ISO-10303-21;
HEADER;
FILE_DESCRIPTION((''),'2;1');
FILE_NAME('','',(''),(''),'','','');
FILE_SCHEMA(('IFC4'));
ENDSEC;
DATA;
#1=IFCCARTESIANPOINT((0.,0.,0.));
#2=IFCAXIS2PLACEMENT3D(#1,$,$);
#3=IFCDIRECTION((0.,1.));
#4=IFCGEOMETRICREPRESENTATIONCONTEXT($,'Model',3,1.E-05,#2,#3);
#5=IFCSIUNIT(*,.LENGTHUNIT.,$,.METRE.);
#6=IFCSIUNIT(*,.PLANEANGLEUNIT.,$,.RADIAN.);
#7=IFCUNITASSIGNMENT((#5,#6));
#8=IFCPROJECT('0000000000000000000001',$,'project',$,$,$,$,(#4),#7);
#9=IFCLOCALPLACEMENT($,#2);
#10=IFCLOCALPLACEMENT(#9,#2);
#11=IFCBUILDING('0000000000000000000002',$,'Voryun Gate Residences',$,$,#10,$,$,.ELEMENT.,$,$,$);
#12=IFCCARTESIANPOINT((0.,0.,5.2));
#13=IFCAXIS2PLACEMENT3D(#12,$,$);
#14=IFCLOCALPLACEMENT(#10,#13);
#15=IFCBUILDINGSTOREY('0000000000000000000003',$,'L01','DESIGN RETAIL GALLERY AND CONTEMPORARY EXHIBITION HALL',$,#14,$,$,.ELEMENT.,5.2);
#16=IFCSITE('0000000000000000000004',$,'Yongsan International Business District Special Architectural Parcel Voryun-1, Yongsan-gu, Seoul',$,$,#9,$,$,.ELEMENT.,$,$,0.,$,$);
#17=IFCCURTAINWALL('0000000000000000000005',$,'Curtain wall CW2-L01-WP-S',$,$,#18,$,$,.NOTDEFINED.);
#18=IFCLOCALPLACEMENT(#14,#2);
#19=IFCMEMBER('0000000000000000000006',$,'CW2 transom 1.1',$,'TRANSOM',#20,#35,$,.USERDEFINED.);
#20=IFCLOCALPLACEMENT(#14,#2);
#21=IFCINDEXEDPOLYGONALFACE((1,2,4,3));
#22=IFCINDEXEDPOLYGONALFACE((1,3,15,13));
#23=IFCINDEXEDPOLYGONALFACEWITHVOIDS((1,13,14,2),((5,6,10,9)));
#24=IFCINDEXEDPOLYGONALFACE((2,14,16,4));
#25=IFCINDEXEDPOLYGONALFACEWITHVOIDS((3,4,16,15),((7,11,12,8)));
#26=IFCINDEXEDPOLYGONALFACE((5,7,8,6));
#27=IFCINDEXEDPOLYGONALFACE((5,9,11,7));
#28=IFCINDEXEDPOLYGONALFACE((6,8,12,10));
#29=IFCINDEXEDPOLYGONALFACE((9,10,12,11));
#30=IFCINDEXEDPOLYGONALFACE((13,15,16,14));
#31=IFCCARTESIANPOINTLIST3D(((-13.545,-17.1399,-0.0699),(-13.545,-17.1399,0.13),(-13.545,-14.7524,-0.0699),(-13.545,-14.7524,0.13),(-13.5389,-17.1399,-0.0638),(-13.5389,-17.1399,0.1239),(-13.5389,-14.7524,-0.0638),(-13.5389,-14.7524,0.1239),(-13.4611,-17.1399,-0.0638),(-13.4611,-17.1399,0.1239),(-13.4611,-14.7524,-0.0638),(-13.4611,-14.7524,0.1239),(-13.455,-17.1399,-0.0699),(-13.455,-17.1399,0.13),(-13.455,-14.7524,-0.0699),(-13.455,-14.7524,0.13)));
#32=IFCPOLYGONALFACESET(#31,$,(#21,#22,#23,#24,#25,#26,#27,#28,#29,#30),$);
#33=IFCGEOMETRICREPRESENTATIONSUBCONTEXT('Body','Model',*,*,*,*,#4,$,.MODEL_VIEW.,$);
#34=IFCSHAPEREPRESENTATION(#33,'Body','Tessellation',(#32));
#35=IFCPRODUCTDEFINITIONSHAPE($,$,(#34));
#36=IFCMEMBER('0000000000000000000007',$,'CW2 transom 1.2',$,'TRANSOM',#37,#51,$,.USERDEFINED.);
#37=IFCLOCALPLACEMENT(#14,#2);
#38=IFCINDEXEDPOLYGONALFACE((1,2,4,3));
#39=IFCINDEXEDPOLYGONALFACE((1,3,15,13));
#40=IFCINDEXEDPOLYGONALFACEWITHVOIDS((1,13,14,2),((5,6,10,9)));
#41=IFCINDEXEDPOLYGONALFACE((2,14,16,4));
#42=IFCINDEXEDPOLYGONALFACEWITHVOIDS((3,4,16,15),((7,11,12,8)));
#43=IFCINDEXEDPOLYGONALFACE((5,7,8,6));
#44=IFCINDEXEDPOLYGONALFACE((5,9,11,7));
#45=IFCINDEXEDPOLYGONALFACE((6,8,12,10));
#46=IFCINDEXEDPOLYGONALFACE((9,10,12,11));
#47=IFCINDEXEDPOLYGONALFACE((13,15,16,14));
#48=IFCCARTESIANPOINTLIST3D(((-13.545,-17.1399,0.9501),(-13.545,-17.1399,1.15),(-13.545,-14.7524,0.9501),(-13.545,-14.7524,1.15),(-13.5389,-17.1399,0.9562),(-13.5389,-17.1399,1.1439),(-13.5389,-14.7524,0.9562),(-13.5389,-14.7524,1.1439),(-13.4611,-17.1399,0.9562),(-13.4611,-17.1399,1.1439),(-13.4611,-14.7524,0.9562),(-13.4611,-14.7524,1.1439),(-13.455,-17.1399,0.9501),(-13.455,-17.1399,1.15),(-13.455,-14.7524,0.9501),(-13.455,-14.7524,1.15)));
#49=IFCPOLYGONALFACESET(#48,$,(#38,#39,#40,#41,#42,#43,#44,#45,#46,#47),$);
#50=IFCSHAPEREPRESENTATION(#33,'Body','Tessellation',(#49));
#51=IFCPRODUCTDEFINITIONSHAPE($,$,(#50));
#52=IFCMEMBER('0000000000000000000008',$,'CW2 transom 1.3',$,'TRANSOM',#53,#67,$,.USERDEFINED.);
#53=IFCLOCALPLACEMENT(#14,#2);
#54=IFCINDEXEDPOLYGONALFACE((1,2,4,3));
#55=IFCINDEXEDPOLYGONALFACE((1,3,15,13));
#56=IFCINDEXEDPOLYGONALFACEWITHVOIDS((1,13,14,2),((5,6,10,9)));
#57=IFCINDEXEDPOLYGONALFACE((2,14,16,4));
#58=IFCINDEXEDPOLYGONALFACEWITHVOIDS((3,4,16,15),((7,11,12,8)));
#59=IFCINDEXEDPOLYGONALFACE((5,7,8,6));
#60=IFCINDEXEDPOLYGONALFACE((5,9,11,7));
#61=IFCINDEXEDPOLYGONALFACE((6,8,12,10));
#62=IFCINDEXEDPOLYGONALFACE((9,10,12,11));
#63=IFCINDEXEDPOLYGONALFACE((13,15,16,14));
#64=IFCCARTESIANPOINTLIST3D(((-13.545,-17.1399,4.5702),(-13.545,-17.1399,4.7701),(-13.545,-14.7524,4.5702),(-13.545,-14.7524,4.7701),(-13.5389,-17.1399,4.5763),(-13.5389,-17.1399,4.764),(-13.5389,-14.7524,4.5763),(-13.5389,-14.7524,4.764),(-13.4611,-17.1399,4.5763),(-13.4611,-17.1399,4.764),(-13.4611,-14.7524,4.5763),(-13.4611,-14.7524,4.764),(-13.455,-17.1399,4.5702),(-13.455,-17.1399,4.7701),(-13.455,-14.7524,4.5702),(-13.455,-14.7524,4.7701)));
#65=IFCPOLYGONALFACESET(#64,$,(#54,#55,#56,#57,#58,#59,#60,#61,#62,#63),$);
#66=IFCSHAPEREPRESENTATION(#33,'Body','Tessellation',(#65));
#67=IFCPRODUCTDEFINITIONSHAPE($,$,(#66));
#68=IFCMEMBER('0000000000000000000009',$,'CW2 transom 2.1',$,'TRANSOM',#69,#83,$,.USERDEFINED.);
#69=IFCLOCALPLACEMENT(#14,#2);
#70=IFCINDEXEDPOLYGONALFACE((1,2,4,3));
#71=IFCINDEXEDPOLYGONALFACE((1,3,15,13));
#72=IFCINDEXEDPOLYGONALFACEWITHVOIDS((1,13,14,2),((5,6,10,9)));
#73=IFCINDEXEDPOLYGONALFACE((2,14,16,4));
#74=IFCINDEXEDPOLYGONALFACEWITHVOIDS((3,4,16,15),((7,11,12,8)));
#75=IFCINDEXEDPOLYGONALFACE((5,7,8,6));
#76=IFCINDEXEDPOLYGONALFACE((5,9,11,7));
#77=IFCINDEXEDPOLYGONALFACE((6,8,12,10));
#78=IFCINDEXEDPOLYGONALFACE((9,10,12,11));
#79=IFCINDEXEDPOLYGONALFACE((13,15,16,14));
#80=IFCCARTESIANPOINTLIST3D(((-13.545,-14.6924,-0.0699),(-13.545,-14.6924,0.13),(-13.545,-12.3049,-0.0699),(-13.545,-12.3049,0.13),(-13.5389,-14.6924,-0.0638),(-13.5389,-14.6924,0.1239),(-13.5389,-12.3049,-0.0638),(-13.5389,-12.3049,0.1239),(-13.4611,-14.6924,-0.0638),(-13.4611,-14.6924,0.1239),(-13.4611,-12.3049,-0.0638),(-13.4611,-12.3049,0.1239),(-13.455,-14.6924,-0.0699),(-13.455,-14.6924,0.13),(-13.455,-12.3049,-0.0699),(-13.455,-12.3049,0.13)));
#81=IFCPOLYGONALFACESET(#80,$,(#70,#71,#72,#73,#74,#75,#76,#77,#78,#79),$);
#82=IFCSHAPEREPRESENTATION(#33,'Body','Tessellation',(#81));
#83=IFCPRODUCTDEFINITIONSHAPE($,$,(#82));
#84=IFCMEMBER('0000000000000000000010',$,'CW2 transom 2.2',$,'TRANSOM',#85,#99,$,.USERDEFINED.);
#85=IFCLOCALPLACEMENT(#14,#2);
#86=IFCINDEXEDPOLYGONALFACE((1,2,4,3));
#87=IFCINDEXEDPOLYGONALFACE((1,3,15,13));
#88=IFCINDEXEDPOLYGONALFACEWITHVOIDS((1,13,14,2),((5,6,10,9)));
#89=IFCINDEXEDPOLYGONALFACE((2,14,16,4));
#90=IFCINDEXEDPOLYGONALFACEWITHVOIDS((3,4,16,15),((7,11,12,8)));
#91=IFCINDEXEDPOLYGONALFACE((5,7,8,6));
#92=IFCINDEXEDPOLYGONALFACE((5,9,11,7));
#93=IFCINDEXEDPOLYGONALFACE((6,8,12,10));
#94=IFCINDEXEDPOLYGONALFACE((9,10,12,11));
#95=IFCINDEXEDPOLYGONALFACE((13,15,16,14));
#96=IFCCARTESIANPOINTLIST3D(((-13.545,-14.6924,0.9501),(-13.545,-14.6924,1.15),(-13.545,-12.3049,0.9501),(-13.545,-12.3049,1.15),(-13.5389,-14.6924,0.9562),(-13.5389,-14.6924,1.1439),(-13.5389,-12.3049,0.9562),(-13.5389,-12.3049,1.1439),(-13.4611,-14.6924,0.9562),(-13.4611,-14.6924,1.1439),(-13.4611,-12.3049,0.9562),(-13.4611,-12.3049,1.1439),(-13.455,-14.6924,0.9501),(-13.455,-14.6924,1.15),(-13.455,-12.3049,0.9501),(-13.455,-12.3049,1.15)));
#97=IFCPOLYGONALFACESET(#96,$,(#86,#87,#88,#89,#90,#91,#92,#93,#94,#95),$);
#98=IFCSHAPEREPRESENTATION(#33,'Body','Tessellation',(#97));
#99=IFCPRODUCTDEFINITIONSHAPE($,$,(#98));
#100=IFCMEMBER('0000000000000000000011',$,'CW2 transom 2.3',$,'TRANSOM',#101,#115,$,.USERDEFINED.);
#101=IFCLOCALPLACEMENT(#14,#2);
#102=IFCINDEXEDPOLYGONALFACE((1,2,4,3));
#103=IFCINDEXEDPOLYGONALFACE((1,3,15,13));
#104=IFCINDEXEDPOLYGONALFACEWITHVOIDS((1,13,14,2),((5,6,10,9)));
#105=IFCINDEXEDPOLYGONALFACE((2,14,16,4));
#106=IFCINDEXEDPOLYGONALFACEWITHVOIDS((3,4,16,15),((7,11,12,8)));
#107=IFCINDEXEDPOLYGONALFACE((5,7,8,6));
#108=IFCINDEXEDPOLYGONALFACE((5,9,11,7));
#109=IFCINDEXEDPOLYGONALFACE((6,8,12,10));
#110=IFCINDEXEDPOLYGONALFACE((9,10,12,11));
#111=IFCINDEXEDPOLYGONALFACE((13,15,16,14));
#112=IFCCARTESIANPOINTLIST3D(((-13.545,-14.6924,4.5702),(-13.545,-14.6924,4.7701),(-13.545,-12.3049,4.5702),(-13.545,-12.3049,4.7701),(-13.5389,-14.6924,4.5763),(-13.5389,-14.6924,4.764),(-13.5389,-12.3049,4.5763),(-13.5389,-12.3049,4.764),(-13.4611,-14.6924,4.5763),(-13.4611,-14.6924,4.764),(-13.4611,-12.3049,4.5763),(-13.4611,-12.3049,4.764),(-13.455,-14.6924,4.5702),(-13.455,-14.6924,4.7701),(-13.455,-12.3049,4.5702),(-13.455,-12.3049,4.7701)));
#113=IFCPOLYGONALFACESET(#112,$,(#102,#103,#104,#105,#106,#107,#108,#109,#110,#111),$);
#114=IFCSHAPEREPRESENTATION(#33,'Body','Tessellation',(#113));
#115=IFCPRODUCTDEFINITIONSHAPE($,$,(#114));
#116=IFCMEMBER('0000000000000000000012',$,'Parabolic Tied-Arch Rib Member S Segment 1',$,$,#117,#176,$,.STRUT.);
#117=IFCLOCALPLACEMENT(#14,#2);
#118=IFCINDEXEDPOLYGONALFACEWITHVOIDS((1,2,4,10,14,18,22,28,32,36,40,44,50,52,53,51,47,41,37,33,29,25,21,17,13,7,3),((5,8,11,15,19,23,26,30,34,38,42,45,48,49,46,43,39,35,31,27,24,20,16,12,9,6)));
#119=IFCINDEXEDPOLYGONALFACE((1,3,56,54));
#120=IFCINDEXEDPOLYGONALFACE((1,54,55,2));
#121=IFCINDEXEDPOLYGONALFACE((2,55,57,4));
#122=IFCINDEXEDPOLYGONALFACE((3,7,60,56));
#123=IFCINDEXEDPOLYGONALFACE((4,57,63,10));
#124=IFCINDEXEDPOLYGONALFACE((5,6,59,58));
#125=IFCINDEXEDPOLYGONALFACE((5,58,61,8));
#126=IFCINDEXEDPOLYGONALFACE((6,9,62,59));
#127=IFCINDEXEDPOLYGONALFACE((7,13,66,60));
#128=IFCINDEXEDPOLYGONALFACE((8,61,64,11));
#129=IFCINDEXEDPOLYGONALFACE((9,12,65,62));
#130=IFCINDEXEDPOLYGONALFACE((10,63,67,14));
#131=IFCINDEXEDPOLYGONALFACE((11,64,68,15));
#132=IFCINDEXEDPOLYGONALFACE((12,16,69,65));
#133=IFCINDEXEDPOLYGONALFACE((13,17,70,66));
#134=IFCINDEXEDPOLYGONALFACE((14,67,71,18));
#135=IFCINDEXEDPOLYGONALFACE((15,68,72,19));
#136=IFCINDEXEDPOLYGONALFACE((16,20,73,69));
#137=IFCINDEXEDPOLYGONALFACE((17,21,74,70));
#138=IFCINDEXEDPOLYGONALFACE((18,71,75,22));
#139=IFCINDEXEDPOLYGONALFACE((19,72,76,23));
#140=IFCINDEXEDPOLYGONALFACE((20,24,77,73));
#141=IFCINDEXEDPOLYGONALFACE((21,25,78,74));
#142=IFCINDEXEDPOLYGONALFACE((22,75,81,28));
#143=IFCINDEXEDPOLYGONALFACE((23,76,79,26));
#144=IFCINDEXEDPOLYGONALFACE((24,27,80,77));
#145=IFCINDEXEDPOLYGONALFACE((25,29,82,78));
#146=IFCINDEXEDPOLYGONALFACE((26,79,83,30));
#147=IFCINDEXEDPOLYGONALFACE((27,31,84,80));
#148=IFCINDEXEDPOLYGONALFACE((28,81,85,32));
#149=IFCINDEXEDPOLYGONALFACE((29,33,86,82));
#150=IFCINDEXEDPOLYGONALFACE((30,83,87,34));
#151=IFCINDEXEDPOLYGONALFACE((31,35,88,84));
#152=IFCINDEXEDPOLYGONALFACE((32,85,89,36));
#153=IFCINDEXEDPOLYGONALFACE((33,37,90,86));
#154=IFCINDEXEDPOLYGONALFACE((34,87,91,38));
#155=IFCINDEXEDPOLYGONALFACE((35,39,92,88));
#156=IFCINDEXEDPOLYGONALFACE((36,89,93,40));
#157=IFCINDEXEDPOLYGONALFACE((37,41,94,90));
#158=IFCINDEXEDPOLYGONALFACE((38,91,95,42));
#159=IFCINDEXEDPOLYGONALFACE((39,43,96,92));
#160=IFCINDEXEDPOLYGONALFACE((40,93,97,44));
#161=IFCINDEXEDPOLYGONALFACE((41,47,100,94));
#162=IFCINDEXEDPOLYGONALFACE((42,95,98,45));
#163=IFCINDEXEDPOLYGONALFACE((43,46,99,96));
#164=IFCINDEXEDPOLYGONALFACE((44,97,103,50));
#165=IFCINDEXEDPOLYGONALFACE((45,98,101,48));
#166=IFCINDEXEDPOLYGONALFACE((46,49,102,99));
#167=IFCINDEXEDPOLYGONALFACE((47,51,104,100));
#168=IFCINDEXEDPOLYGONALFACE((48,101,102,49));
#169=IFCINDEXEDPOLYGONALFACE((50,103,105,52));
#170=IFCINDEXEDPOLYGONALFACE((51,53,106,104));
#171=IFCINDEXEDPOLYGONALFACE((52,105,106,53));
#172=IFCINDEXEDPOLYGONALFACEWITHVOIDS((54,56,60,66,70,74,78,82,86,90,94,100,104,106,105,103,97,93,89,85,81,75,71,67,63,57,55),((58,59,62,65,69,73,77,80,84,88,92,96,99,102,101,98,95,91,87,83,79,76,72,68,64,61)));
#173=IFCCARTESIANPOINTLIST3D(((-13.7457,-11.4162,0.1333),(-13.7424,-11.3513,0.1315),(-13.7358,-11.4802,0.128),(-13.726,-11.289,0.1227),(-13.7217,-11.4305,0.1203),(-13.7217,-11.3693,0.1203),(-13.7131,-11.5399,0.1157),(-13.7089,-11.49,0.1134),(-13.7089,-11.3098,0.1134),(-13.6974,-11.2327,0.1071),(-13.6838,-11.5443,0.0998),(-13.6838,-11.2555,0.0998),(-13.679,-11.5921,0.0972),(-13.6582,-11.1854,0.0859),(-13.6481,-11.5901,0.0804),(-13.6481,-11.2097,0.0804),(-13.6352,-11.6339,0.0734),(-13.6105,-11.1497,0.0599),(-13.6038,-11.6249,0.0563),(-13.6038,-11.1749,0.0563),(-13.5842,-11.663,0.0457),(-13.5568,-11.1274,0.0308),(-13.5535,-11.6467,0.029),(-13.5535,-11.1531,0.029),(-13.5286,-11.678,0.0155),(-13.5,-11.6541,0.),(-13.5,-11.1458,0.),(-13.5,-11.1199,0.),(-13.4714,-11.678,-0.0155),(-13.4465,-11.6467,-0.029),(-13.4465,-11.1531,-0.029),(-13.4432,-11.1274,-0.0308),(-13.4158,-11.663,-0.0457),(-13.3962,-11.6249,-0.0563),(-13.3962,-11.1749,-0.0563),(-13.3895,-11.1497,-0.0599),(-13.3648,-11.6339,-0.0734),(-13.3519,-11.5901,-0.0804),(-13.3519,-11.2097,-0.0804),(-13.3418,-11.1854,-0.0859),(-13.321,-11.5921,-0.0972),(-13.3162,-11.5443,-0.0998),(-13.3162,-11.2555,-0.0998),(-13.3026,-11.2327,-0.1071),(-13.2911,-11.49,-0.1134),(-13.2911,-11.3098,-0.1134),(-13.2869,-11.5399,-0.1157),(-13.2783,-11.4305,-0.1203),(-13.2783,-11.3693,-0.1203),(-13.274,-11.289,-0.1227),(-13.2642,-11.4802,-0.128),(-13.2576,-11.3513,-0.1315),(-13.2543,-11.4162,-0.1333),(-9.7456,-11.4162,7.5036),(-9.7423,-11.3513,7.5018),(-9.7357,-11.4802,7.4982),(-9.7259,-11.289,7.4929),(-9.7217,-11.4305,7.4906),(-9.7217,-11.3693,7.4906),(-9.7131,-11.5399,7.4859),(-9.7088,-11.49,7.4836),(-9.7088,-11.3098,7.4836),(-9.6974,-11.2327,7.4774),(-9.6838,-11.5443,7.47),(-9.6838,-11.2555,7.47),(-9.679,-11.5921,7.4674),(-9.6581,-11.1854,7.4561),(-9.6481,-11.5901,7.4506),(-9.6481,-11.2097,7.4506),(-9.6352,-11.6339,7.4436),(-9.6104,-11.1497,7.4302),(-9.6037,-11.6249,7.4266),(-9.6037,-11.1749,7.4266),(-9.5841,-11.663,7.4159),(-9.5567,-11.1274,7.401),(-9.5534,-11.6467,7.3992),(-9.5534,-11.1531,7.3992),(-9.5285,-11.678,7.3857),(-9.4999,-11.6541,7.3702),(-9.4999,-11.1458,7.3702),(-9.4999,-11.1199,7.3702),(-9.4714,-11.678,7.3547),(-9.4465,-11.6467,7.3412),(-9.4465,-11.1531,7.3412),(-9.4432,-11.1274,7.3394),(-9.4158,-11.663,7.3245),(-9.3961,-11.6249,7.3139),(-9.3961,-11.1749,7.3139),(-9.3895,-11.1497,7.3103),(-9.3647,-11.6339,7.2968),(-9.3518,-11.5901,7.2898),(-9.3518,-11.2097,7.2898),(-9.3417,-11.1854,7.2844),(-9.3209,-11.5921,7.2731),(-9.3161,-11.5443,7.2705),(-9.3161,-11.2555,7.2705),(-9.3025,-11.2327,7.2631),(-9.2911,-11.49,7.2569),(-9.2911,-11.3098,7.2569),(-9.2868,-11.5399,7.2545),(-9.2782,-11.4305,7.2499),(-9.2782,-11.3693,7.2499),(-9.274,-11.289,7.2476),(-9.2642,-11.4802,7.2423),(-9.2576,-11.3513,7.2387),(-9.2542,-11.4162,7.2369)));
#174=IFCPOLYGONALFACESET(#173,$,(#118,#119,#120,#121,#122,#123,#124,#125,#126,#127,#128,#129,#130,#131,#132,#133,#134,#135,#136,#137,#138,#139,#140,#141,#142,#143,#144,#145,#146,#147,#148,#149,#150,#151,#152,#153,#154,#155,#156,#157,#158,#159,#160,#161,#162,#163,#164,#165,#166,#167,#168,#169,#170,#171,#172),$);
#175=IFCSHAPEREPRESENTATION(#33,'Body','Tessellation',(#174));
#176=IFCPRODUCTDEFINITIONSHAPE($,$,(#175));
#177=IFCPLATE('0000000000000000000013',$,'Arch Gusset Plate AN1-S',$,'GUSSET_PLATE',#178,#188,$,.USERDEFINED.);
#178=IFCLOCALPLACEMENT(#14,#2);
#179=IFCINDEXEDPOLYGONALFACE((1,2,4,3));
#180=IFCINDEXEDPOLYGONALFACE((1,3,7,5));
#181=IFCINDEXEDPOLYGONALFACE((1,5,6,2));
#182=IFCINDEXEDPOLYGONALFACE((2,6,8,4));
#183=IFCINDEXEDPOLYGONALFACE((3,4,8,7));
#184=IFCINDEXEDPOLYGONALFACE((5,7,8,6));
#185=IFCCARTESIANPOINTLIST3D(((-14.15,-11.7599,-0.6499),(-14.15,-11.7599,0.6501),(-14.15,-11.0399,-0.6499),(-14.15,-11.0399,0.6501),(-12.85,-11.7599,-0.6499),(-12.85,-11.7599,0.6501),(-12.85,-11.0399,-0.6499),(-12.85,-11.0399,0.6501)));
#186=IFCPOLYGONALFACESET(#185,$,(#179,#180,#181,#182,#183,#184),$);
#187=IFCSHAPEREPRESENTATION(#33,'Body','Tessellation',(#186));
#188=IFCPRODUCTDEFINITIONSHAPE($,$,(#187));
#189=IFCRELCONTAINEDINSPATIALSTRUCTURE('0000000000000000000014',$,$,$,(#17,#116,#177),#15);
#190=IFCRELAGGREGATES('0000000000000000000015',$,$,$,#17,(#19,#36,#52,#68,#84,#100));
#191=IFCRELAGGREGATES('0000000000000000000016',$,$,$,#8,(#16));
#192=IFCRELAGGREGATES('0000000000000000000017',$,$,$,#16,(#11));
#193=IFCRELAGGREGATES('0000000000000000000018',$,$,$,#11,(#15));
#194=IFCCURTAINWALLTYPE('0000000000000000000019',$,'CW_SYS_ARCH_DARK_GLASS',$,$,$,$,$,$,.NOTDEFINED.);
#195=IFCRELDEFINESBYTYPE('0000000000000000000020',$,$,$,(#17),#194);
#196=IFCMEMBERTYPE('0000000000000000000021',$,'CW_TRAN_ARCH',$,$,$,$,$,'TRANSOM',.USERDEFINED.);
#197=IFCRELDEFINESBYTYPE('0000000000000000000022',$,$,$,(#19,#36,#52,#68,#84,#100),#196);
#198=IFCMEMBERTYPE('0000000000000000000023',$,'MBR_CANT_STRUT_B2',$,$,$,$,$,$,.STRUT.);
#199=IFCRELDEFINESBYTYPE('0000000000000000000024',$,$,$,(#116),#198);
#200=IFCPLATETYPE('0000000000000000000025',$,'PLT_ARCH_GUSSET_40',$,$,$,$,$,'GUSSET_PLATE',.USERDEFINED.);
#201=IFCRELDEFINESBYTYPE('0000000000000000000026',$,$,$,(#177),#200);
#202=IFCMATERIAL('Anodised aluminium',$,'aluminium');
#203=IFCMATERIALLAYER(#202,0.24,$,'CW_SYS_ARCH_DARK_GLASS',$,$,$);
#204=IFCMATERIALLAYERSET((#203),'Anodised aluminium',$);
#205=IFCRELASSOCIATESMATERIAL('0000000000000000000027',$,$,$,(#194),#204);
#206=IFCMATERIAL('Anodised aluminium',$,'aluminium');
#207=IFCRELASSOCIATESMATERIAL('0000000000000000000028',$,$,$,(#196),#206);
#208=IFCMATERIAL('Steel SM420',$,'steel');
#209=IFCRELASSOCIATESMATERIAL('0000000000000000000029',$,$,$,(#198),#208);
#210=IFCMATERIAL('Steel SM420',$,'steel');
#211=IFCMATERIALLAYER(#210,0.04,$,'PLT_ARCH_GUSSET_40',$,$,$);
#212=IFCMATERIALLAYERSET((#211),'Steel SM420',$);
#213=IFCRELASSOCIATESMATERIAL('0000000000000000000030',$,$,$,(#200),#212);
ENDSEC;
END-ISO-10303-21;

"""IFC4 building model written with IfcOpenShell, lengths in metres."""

from ifc_helpers import new_model, si_unit, direction, frame, origin, origin_2d, place, context, subcontext, project, spatial, rectangle, hollow_rectangle, hollow_circle, extrude, material, layer, layer_set, material_profile, profile_set, type_object, element, aggregate, save


model = new_model("IFC4")

# Units and contexts
model_context = context("Model", 3, precision=1e-05, world=origin(), true_north=direction((0.0, 1.0)))
body_context = subcontext(model_context, "Body", "Model", "MODEL_VIEW")
ifc_project = project(units=[si_unit("LENGTHUNIT", "METRE"), si_unit("PLANEANGLEUNIT", "RADIAN")], contexts=[model_context])

# Site, building, storey
site_placement = place(None, origin())
site = spatial("IfcSite", under=ifc_project, at=site_placement, Name="Yongsan International Business District Special Architectural Parcel Voryun-1, Yongsan-gu, Seoul", CompositionType="ELEMENT", RefElevation=0.0)
building_placement = place(site_placement, origin())
building = spatial("IfcBuilding", under=site, at=building_placement, Name="Voryun Gate Residences", CompositionType="ELEMENT")
storey_placement = place(building_placement, frame((0.0, 0.0, 5.2)))
storey = spatial("IfcBuildingStorey", under=building, at=storey_placement, Name="L01", Description="DESIGN RETAIL GALLERY AND CONTEMPORARY EXHIBITION HALL", CompositionType="ELEMENT", Elevation=5.2)

# Curtain wall, members
ifc_material_1 = material(Name="Anodised aluminium", Category="aluminium")
ifc_layer_1 = layer(ifc_material_1, 0.24, Name="CW_SYS_ARCH_DARK_GLASS")
ifc_layer_set_1 = layer_set([ifc_layer_1], Name="Anodised aluminium")
curtain_wall_type = type_object("IfcCurtainWallType", Name="CW_SYS_ARCH_DARK_GLASS", PredefinedType="NOTDEFINED", material=ifc_layer_set_1)
curtain_wall_placement = place(storey_placement, origin())
curtain_wall = element("IfcCurtainWall", 1, at=curtain_wall_placement, inside=storey, type_object=curtain_wall_type, Name="Curtain wall CW2-L01-WP-S", PredefinedType="NOTDEFINED")
ifc_material_2 = material(Name="Anodised aluminium", Category="aluminium")
ifc_material_profile_1 = material_profile(ifc_material_2, hollow_rectangle(XDim=0.0901, YDim=0.2, WallThickness=0.0061, at=origin_2d()), Name="ALU-TRAN-200x90x6")
ifc_profile_set_1 = profile_set([ifc_material_profile_1], Name="Anodised aluminium")
member_type_1 = type_object("IfcMemberType", Name="CW_TRAN_ARCH", ElementType="TRANSOM", PredefinedType="USERDEFINED", material=ifc_profile_set_1)
member_1_placement = place(storey_placement, frame((-13.5, -17.1399, 0.03), z_axis=(0.0, 1.0, 0.0), x_axis=(-1.0, 0.0, 0.0)))
member_1 = element("IfcMember", 2, at=member_1_placement, type_object=member_type_1, Name="CW2 transom 1.1", ObjectType="TRANSOM", PredefinedType="USERDEFINED", context=body_context, shape_type="SweptSolid", body=[
    extrude(hollow_rectangle(XDim=0.0901, YDim=0.2, WallThickness=0.0061, at=origin_2d()), origin(), (0.0, 0.0, 1.0), 2.3875),
])
member_2_placement = place(storey_placement, frame((-13.5, -17.1399, 1.05), z_axis=(0.0, 1.0, 0.0), x_axis=(-1.0, 0.0, 0.0)))
member_2 = element("IfcMember", 3, at=member_2_placement, type_object=member_type_1, Name="CW2 transom 1.2", ObjectType="TRANSOM", PredefinedType="USERDEFINED", context=body_context, shape_type="SweptSolid", body=[
    extrude(hollow_rectangle(XDim=0.0901, YDim=0.2, WallThickness=0.0061, at=origin_2d()), origin(), (0.0, 0.0, 1.0), 2.3875),
])
member_3_placement = place(storey_placement, frame((-13.5, -17.1399, 4.6702), z_axis=(0.0, 1.0, 0.0), x_axis=(-1.0, 0.0, 0.0)))
member_3 = element("IfcMember", 4, at=member_3_placement, type_object=member_type_1, Name="CW2 transom 1.3", ObjectType="TRANSOM", PredefinedType="USERDEFINED", context=body_context, shape_type="SweptSolid", body=[
    extrude(hollow_rectangle(XDim=0.0901, YDim=0.2, WallThickness=0.0061, at=origin_2d()), origin(), (0.0, 0.0, 1.0), 2.3875),
])
member_4_placement = place(storey_placement, frame((-13.5, -14.6924, 0.03), z_axis=(0.0, 1.0, 0.0), x_axis=(-1.0, 0.0, 0.0)))
member_4 = element("IfcMember", 5, at=member_4_placement, type_object=member_type_1, Name="CW2 transom 2.1", ObjectType="TRANSOM", PredefinedType="USERDEFINED", context=body_context, shape_type="SweptSolid", body=[
    extrude(hollow_rectangle(XDim=0.0901, YDim=0.2, WallThickness=0.0061, at=origin_2d()), origin(), (0.0, 0.0, 1.0), 2.3875),
])
member_5_placement = place(storey_placement, frame((-13.5, -14.6924, 1.05), z_axis=(0.0, 1.0, 0.0), x_axis=(-1.0, 0.0, 0.0)))
member_5 = element("IfcMember", 6, at=member_5_placement, type_object=member_type_1, Name="CW2 transom 2.2", ObjectType="TRANSOM", PredefinedType="USERDEFINED", context=body_context, shape_type="SweptSolid", body=[
    extrude(hollow_rectangle(XDim=0.0901, YDim=0.2, WallThickness=0.0061, at=origin_2d()), origin(), (0.0, 0.0, 1.0), 2.3875),
])
member_6_placement = place(storey_placement, frame((-13.5, -14.6924, 4.6702), z_axis=(0.0, 1.0, 0.0), x_axis=(-1.0, 0.0, 0.0)))
member_6 = element("IfcMember", 7, at=member_6_placement, type_object=member_type_1, Name="CW2 transom 2.3", ObjectType="TRANSOM", PredefinedType="USERDEFINED", context=body_context, shape_type="SweptSolid", body=[
    extrude(hollow_rectangle(XDim=0.0901, YDim=0.2, WallThickness=0.0061, at=origin_2d()), origin(), (0.0, 0.0, 1.0), 2.3875),
])

# Member
ifc_material_3 = material(Name="Steel SM420", Category="steel")
ifc_material_profile_2 = material_profile(ifc_material_3, hollow_circle(Radius=0.28, WallThickness=0.0259, at=origin_2d()), Name="CHS-560x26")
ifc_profile_set_2 = profile_set([ifc_material_profile_2], Name="Steel SM420")
member_type_2 = type_object("IfcMemberType", Name="MBR_CANT_STRUT_B2", PredefinedType="STRUT", material=ifc_profile_set_2)
member_7_placement = place(storey_placement, frame((-13.5, -11.3999, 0.0), z_axis=(0.477007, 0.0, 0.878899), x_axis=(0.0, 1.0, 0.0)))
element("IfcMember", 8, at=member_7_placement, inside=storey, type_object=member_type_2, Name="Parabolic Tied-Arch Rib Member S Segment 1", PredefinedType="STRUT", context=body_context, shape_type="SweptSolid", body=[
    extrude(hollow_circle(Radius=0.28, WallThickness=0.0259, at=origin_2d()), origin(), (0.0, 0.0, 1.0), 8.3857),
])

# Plate
ifc_material_4 = material(Name="Steel SM420", Category="steel")
ifc_layer_2 = layer(ifc_material_4, 0.04, Name="PLT_ARCH_GUSSET_40")
ifc_layer_set_2 = layer_set([ifc_layer_2], Name="Steel SM420")
plate_type_1 = type_object("IfcPlateType", Name="PLT_ARCH_GUSSET_40", ElementType="GUSSET_PLATE", PredefinedType="USERDEFINED", material=ifc_layer_set_2)
plate_1_placement = place(storey_placement, frame((-13.5, -11.3999, -0.6499), z_axis=(0.0, 0.0, 1.0), x_axis=(1.0, 0.0, 0.0)))
element("IfcPlate", 9, at=plate_1_placement, inside=storey, type_object=plate_type_1, Name="Arch Gusset Plate AN1-S", ObjectType="GUSSET_PLATE", PredefinedType="USERDEFINED", context=body_context, shape_type="SweptSolid", body=[
    extrude(rectangle(XDim=1.3, YDim=0.72, at=origin_2d()), origin(), (0.0, 0.0, 1.0), 1.3),
])
aggregate(curtain_wall, [member_1, member_2, member_3, member_4, member_5, member_6])

save(model, "model.ifc")
